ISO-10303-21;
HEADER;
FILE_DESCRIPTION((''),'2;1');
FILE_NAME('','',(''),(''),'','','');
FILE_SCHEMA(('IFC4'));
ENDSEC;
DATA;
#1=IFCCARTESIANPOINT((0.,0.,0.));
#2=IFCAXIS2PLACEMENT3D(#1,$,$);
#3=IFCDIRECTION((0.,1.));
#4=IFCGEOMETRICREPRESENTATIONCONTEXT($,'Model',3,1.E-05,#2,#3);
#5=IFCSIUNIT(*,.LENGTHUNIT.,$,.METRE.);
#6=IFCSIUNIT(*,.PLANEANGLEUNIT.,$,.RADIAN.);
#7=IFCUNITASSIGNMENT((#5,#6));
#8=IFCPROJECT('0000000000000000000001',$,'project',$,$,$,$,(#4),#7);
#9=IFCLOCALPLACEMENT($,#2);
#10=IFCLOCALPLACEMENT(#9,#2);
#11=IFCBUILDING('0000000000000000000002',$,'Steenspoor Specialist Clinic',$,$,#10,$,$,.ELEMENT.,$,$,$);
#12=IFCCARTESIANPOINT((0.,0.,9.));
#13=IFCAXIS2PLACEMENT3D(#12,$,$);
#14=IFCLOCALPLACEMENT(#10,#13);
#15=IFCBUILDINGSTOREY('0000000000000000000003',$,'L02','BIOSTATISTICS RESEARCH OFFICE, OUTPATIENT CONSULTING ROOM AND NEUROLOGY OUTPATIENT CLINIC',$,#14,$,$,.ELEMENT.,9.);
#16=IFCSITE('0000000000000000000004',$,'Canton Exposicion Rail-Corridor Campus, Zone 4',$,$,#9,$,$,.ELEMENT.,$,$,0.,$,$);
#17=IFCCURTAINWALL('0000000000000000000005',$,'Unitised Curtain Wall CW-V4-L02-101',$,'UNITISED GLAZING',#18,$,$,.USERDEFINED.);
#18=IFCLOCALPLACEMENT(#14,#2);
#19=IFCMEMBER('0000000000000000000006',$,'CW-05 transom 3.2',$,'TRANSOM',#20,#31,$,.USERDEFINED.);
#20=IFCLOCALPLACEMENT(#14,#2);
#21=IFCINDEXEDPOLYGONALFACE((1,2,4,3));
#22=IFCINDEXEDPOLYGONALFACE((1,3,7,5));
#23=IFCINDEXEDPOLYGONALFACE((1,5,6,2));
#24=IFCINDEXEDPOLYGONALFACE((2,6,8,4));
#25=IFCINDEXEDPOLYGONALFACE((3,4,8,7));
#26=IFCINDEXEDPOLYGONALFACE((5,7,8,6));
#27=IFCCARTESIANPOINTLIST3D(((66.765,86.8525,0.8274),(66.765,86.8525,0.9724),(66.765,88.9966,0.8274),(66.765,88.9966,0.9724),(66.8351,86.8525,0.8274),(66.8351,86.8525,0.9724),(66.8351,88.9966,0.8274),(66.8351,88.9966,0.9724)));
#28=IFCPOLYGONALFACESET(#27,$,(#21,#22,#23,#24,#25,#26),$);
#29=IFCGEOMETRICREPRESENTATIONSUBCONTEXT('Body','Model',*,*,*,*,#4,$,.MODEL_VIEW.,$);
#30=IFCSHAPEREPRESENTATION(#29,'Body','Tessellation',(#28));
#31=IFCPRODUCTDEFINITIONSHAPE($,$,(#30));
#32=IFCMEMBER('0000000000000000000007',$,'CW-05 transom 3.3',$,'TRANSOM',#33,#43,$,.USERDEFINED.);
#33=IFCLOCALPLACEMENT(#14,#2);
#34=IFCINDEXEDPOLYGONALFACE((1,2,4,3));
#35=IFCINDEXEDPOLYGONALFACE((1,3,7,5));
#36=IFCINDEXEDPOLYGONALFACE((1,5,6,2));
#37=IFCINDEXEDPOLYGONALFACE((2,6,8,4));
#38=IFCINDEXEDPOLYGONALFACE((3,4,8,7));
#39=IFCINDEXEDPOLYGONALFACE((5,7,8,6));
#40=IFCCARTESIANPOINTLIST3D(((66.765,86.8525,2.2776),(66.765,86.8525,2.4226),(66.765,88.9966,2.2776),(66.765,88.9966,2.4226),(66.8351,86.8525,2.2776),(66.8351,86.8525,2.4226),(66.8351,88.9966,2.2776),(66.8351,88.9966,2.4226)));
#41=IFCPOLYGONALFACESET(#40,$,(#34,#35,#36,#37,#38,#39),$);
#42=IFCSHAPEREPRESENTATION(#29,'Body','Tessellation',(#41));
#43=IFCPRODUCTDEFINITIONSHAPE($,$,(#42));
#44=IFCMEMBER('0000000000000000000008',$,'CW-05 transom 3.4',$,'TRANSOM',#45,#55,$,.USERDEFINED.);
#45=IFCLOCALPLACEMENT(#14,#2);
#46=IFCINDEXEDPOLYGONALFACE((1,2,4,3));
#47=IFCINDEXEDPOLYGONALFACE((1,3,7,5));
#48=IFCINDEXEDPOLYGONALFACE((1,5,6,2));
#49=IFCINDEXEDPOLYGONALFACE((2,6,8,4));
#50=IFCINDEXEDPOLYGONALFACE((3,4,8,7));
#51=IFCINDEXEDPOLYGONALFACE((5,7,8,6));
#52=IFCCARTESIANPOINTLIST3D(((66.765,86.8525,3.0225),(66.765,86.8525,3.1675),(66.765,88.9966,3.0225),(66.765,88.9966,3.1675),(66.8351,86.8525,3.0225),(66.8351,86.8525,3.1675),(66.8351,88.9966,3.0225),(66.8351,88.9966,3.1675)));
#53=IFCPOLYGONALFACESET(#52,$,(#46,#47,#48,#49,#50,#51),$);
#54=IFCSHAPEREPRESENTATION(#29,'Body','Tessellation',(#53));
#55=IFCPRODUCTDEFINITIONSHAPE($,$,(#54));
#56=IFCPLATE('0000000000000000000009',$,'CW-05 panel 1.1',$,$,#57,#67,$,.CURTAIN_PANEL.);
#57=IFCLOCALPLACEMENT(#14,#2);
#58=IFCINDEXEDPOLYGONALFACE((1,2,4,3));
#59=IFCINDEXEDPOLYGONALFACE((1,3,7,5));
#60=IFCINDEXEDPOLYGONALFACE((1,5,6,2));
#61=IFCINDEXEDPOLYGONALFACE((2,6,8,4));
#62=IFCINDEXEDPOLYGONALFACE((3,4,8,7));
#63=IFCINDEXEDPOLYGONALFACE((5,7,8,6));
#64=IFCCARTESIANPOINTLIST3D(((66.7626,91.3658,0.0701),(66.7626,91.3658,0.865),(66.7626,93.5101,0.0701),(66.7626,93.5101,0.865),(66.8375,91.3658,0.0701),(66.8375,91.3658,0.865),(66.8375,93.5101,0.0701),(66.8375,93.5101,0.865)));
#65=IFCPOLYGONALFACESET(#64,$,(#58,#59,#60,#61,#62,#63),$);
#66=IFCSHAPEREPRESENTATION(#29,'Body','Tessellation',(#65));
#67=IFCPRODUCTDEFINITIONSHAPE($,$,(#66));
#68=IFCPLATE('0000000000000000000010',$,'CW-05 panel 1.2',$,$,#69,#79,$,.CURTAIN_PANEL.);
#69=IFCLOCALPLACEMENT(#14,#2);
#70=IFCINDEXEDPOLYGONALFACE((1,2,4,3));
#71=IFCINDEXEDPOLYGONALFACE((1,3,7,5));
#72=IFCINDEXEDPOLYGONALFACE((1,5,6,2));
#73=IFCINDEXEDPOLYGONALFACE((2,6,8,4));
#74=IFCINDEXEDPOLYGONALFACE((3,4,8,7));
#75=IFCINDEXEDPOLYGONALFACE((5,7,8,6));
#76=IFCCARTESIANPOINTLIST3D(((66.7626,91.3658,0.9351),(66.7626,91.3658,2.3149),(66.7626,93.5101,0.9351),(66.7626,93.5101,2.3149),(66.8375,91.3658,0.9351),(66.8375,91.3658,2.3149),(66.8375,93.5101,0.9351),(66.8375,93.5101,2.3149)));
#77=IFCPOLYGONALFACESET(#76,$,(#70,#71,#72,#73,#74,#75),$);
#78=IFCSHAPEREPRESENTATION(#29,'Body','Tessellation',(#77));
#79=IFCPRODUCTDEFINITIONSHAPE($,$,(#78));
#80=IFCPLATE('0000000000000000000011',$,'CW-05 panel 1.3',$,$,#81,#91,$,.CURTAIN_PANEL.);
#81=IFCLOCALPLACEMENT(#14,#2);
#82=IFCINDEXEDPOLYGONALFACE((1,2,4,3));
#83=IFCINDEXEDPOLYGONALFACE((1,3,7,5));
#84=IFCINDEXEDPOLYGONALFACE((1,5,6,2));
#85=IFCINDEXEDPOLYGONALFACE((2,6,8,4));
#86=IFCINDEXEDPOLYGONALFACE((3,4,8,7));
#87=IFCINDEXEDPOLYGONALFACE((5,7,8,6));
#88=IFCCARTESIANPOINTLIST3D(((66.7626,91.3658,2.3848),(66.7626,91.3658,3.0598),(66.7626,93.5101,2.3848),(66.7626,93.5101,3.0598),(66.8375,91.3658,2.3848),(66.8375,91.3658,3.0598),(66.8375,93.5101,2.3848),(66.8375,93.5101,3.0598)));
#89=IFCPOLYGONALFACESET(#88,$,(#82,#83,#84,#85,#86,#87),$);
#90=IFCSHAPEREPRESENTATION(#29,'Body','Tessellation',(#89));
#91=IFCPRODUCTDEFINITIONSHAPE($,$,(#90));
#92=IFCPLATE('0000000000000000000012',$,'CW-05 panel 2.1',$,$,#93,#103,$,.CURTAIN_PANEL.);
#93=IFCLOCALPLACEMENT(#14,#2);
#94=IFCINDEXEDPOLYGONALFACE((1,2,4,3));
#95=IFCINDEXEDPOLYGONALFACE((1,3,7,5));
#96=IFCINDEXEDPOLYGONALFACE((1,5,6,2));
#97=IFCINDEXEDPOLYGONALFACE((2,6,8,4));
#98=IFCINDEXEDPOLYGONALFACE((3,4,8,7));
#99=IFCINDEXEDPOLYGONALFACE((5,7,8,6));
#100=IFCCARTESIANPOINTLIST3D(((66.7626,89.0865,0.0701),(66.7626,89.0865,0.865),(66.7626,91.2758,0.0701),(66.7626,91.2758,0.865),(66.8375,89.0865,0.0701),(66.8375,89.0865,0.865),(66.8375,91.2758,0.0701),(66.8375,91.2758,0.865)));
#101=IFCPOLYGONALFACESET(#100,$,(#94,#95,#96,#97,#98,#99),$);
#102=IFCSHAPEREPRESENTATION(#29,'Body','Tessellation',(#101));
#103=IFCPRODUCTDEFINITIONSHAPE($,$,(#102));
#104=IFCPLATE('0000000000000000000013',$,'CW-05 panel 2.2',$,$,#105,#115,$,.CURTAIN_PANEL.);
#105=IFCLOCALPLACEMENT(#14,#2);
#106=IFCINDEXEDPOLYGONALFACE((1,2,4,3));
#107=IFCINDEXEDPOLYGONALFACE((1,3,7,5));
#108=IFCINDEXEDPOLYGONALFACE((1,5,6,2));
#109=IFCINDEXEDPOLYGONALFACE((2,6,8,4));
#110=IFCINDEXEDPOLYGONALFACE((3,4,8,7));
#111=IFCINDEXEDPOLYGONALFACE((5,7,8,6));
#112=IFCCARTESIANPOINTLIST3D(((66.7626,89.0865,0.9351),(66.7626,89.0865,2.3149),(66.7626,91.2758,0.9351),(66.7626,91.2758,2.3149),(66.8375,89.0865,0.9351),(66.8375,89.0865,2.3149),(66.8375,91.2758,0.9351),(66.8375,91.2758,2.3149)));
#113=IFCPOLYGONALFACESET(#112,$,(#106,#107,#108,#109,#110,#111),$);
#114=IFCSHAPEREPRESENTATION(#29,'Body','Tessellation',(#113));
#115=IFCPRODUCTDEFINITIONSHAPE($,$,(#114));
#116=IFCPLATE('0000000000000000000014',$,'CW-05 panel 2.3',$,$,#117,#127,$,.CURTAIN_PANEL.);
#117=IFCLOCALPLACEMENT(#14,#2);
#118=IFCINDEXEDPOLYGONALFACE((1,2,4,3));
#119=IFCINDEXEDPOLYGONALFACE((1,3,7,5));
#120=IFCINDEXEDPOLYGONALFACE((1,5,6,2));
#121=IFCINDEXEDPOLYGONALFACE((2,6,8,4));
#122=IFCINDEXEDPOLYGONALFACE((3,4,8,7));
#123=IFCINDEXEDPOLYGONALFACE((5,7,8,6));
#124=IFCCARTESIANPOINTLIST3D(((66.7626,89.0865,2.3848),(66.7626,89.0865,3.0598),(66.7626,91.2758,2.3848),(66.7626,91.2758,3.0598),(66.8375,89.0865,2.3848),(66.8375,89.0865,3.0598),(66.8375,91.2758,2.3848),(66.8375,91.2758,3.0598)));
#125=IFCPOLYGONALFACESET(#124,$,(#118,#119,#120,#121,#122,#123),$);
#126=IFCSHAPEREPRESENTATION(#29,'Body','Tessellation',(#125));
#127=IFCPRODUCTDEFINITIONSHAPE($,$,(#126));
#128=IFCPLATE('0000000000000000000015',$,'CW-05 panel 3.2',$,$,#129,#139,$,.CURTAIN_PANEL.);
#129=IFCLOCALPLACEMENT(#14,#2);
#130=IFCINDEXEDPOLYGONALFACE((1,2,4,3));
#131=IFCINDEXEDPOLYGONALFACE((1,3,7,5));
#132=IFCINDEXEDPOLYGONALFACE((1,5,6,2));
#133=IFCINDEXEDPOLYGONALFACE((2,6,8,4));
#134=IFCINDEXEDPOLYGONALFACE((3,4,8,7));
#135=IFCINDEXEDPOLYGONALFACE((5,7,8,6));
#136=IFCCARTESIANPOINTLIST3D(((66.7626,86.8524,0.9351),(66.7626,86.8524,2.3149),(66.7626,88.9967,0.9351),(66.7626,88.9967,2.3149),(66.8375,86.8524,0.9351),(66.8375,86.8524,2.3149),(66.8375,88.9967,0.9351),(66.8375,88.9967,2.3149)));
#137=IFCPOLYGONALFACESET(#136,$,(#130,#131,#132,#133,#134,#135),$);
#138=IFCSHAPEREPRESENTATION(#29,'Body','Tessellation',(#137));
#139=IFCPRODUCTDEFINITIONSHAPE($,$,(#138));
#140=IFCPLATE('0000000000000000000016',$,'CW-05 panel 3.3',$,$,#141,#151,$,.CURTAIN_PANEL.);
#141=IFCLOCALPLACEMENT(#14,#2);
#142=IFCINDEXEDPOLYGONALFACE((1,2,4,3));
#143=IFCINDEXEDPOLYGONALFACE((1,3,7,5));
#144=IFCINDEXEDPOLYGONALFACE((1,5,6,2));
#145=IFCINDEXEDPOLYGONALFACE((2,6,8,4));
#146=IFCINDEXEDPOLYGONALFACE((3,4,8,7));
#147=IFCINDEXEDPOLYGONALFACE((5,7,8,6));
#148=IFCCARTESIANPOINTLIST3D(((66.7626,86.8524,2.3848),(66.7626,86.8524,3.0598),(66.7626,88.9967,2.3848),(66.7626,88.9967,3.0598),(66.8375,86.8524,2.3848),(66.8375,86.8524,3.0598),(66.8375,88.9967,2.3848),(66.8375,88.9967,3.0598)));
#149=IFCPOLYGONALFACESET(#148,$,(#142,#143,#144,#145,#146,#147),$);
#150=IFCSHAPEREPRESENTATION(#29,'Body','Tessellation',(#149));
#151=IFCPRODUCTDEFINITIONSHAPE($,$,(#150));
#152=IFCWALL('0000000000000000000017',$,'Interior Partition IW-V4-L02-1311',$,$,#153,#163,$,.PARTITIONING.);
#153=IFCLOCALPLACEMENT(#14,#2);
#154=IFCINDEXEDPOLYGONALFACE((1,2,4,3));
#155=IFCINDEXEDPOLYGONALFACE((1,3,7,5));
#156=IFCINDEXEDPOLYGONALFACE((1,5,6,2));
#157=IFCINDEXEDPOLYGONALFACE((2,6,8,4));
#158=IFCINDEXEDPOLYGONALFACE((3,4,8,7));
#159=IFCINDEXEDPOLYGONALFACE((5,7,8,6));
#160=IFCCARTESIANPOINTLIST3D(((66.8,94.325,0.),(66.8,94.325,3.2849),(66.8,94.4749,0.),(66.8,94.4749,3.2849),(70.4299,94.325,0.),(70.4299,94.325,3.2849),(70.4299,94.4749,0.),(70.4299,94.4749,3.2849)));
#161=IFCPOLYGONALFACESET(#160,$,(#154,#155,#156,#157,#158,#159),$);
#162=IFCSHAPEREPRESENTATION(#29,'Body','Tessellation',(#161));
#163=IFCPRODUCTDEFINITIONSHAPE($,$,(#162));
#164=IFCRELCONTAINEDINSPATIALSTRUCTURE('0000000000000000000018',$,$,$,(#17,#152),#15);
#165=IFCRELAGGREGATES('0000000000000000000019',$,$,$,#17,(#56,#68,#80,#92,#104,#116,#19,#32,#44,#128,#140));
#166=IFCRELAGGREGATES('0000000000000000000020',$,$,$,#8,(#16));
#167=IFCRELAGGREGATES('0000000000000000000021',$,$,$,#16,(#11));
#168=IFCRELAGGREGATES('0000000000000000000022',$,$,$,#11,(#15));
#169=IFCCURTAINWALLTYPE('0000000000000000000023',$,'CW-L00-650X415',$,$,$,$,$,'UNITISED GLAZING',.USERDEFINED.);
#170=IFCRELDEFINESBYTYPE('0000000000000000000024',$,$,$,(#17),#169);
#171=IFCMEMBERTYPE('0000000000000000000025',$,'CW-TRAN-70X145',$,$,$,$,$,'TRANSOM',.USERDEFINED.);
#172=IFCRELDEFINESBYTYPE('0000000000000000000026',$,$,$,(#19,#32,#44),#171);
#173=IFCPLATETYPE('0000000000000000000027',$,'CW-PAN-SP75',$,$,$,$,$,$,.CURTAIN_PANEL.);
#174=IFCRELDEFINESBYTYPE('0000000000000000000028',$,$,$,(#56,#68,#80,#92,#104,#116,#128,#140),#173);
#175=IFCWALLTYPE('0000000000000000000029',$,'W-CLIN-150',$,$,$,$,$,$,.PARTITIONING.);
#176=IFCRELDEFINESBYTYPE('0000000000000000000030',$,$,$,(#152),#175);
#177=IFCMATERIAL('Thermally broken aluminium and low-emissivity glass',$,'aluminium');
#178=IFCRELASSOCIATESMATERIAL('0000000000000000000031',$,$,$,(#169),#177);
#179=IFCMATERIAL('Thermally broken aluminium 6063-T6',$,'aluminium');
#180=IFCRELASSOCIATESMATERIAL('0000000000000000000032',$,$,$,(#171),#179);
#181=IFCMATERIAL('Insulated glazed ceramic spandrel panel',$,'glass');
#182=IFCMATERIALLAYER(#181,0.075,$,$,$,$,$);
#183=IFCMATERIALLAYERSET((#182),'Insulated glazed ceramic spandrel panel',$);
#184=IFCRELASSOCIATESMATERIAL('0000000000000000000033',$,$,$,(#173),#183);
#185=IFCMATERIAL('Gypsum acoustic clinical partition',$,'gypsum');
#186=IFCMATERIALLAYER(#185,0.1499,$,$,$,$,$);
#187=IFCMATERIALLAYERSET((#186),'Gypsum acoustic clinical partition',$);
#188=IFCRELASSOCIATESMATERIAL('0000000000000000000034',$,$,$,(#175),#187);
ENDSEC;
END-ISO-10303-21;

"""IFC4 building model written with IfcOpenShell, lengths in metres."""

from ifc_helpers import new_model, si_unit, direction, frame, frame_2d, origin, origin_2d, place, context, subcontext, project, spatial, rectangle, extrude, material, layer, layer_set, material_profile, profile_set, type_object, element, aggregate, save


model = new_model("IFC4")

# Units and contexts
model_context = context("Model", 3, precision=1e-05, world=origin(), true_north=direction((0.0, 1.0)))
body_context = subcontext(model_context, "Body", "Model", "MODEL_VIEW")
ifc_project = project(units=[si_unit("LENGTHUNIT", "METRE"), si_unit("PLANEANGLEUNIT", "RADIAN")], contexts=[model_context])

# Site, building, storey
site_placement = place(None, origin())
site = spatial("IfcSite", under=ifc_project, at=site_placement, Name="Canton Exposicion Rail-Corridor Campus, Zone 4", CompositionType="ELEMENT", RefElevation=0.0)
building_placement = place(site_placement, origin())
building = spatial("IfcBuilding", under=site, at=building_placement, Name="Steenspoor Specialist Clinic", CompositionType="ELEMENT")
storey_placement = place(building_placement, frame((0.0, 0.0, 9.0)))
storey = spatial("IfcBuildingStorey", under=building, at=storey_placement, Name="L02", Description="BIOSTATISTICS RESEARCH OFFICE, OUTPATIENT CONSULTING ROOM AND NEUROLOGY OUTPATIENT CLINIC", CompositionType="ELEMENT", Elevation=9.0)

# Curtain wall, members, plates
ifc_material_1 = material(Name="Thermally broken aluminium and low-emissivity glass", Category="aluminium")
curtain_wall_type = type_object("IfcCurtainWallType", Name="CW-L00-650X415", ElementType="UNITISED GLAZING", PredefinedType="USERDEFINED", material=ifc_material_1)
curtain_wall_placement = place(storey_placement, origin())
curtain_wall = element("IfcCurtainWall", 1, at=curtain_wall_placement, inside=storey, type_object=curtain_wall_type, Name="Unitised Curtain Wall CW-V4-L02-101", ObjectType="UNITISED GLAZING", PredefinedType="USERDEFINED")
ifc_material_2 = material(Name="Thermally broken aluminium 6063-T6", Category="aluminium")
ifc_material_profile_1 = material_profile(ifc_material_2, rectangle(XDim=0.0701, YDim=0.145, at=origin_2d()), Name="CWT-70X145")
ifc_profile_set_1 = profile_set([ifc_material_profile_1], Name="Thermally broken aluminium 6063-T6")
member_type_1 = type_object("IfcMemberType", Name="CW-TRAN-70X145", ElementType="TRANSOM", PredefinedType="USERDEFINED", material=ifc_profile_set_1)
member_1_placement = place(storey_placement, frame((66.8, 88.9966, 0.8999), z_axis=(0.0, -1.0, 0.0), x_axis=(1.0, 0.0, 0.0)))
member_1 = element("IfcMember", 2, at=member_1_placement, type_object=member_type_1, Name="CW-05 transom 3.2", ObjectType="TRANSOM", PredefinedType="USERDEFINED", context=body_context, shape_type="SweptSolid", body=[
    extrude(rectangle(XDim=0.0701, YDim=0.145, at=origin_2d()), origin(), (0.0, 0.0, 1.0), 2.144),
])
member_2_placement = place(storey_placement, frame((66.8, 88.9966, 2.3501), z_axis=(0.0, -1.0, 0.0), x_axis=(1.0, 0.0, 0.0)))
member_2 = element("IfcMember", 3, at=member_2_placement, type_object=member_type_1, Name="CW-05 transom 3.3", ObjectType="TRANSOM", PredefinedType="USERDEFINED", context=body_context, shape_type="SweptSolid", body=[
    extrude(rectangle(XDim=0.0701, YDim=0.145, at=origin_2d()), origin(), (0.0, 0.0, 1.0), 2.144),
])
member_3_placement = place(storey_placement, frame((66.8, 88.9966, 3.095), z_axis=(0.0, -1.0, 0.0), x_axis=(1.0, 0.0, 0.0)))
member_3 = element("IfcMember", 4, at=member_3_placement, type_object=member_type_1, Name="CW-05 transom 3.4", ObjectType="TRANSOM", PredefinedType="USERDEFINED", context=body_context, shape_type="SweptSolid", body=[
    extrude(rectangle(XDim=0.0701, YDim=0.145, at=origin_2d()), origin(), (0.0, 0.0, 1.0), 2.144),
])
ifc_material_3 = material(Name="Insulated glazed ceramic spandrel panel", Category="glass")
ifc_layer_1 = layer(ifc_material_3, 0.075)
ifc_layer_set_1 = layer_set([ifc_layer_1], Name="Insulated glazed ceramic spandrel panel")
plate_type = type_object("IfcPlateType", Name="CW-PAN-SP75", PredefinedType="CURTAIN_PANEL", material=ifc_layer_set_1)
plate_1_placement = place(storey_placement, frame((66.8, 92.438, 0.0701), z_axis=(0.0, 0.0, 1.0), x_axis=(0.0, -1.0, 0.0)))
plate_1 = element("IfcPlate", 5, at=plate_1_placement, type_object=plate_type, Name="CW-05 panel 1.1", PredefinedType="CURTAIN_PANEL", context=body_context, shape_type="SweptSolid", body=[
    extrude(rectangle(XDim=2.1443, YDim=0.075, at=origin_2d()), origin(), (0.0, 0.0, 1.0), 0.7949),
])
plate_2_placement = place(storey_placement, frame((66.8, 92.438, 0.9351), z_axis=(0.0, 0.0, 1.0), x_axis=(0.0, -1.0, 0.0)))
plate_2 = element("IfcPlate", 6, at=plate_2_placement, type_object=plate_type, Name="CW-05 panel 1.2", PredefinedType="CURTAIN_PANEL", context=body_context, shape_type="SweptSolid", body=[
    extrude(rectangle(XDim=2.1443, YDim=0.075, at=origin_2d()), origin(), (0.0, 0.0, 1.0), 1.3799),
])
plate_3_placement = place(storey_placement, frame((66.8, 92.438, 2.3848), z_axis=(0.0, 0.0, 1.0), x_axis=(0.0, -1.0, 0.0)))
plate_3 = element("IfcPlate", 7, at=plate_3_placement, type_object=plate_type, Name="CW-05 panel 1.3", PredefinedType="CURTAIN_PANEL", context=body_context, shape_type="SweptSolid", body=[
    extrude(rectangle(XDim=2.1443, YDim=0.075, at=origin_2d()), origin(), (0.0, 0.0, 1.0), 0.675),
])
plate_4_placement = place(storey_placement, frame((66.8, 90.1812, 0.0701), z_axis=(0.0, 0.0, 1.0), x_axis=(0.0, -1.0, 0.0)))
plate_4 = element("IfcPlate", 8, at=plate_4_placement, type_object=plate_type, Name="CW-05 panel 2.1", PredefinedType="CURTAIN_PANEL", context=body_context, shape_type="SweptSolid", body=[
    extrude(rectangle(XDim=2.1892, YDim=0.075, at=origin_2d()), origin(), (0.0, 0.0, 1.0), 0.7949),
])
plate_5_placement = place(storey_placement, frame((66.8, 90.1812, 0.9351), z_axis=(0.0, 0.0, 1.0), x_axis=(0.0, -1.0, 0.0)))
plate_5 = element("IfcPlate", 9, at=plate_5_placement, type_object=plate_type, Name="CW-05 panel 2.2", PredefinedType="CURTAIN_PANEL", context=body_context, shape_type="SweptSolid", body=[
    extrude(rectangle(XDim=2.1892, YDim=0.075, at=origin_2d()), origin(), (0.0, 0.0, 1.0), 1.3799),
])
plate_6_placement = place(storey_placement, frame((66.8, 90.1812, 2.3848), z_axis=(0.0, 0.0, 1.0), x_axis=(0.0, -1.0, 0.0)))
plate_6 = element("IfcPlate", 10, at=plate_6_placement, type_object=plate_type, Name="CW-05 panel 2.3", PredefinedType="CURTAIN_PANEL", context=body_context, shape_type="SweptSolid", body=[
    extrude(rectangle(XDim=2.1892, YDim=0.075, at=origin_2d()), origin(), (0.0, 0.0, 1.0), 0.675),
])
plate_7_placement = place(storey_placement, frame((66.8, 87.9246, 0.9351), z_axis=(0.0, 0.0, 1.0), x_axis=(0.0, -1.0, 0.0)))
plate_7 = element("IfcPlate", 11, at=plate_7_placement, type_object=plate_type, Name="CW-05 panel 3.2", PredefinedType="CURTAIN_PANEL", context=body_context, shape_type="SweptSolid", body=[
    extrude(rectangle(XDim=2.1443, YDim=0.075, at=origin_2d()), origin(), (0.0, 0.0, 1.0), 1.3799),
])
plate_8_placement = place(storey_placement, frame((66.8, 87.9246, 2.3848), z_axis=(0.0, 0.0, 1.0), x_axis=(0.0, -1.0, 0.0)))
plate_8 = element("IfcPlate", 12, at=plate_8_placement, type_object=plate_type, Name="CW-05 panel 3.3", PredefinedType="CURTAIN_PANEL", context=body_context, shape_type="SweptSolid", body=[
    extrude(rectangle(XDim=2.1443, YDim=0.075, at=origin_2d()), origin(), (0.0, 0.0, 1.0), 0.675),
])
aggregate(curtain_wall, [plate_1, plate_2, plate_3, plate_4, plate_5, plate_6, member_1, member_2, member_3, plate_7, plate_8])

# Wall
ifc_material_4 = material(Name="Gypsum acoustic clinical partition", Category="gypsum")
ifc_layer_2 = layer(ifc_material_4, 0.1499)
ifc_layer_set_2 = layer_set([ifc_layer_2], Name="Gypsum acoustic clinical partition")
wall_type = type_object("IfcWallType", Name="W-CLIN-150", PredefinedType="PARTITIONING", material=ifc_layer_set_2)
wall_placement = place(storey_placement, frame((66.8, 94.3999, 0.0), z_axis=(0.0, 0.0, 1.0), x_axis=(1.0, 0.0, 0.0)))
element("IfcWall", 13, at=wall_placement, inside=storey, type_object=wall_type, Name="Interior Partition IW-V4-L02-1311", PredefinedType="PARTITIONING", context=body_context, shape_type="SweptSolid", body=[
    extrude(rectangle(XDim=3.6299, YDim=0.1499, at=frame_2d((1.8149, 0.0))), origin(), (0.0, 0.0, 1.0), 3.2849),
])

save(model, "model.ifc")
